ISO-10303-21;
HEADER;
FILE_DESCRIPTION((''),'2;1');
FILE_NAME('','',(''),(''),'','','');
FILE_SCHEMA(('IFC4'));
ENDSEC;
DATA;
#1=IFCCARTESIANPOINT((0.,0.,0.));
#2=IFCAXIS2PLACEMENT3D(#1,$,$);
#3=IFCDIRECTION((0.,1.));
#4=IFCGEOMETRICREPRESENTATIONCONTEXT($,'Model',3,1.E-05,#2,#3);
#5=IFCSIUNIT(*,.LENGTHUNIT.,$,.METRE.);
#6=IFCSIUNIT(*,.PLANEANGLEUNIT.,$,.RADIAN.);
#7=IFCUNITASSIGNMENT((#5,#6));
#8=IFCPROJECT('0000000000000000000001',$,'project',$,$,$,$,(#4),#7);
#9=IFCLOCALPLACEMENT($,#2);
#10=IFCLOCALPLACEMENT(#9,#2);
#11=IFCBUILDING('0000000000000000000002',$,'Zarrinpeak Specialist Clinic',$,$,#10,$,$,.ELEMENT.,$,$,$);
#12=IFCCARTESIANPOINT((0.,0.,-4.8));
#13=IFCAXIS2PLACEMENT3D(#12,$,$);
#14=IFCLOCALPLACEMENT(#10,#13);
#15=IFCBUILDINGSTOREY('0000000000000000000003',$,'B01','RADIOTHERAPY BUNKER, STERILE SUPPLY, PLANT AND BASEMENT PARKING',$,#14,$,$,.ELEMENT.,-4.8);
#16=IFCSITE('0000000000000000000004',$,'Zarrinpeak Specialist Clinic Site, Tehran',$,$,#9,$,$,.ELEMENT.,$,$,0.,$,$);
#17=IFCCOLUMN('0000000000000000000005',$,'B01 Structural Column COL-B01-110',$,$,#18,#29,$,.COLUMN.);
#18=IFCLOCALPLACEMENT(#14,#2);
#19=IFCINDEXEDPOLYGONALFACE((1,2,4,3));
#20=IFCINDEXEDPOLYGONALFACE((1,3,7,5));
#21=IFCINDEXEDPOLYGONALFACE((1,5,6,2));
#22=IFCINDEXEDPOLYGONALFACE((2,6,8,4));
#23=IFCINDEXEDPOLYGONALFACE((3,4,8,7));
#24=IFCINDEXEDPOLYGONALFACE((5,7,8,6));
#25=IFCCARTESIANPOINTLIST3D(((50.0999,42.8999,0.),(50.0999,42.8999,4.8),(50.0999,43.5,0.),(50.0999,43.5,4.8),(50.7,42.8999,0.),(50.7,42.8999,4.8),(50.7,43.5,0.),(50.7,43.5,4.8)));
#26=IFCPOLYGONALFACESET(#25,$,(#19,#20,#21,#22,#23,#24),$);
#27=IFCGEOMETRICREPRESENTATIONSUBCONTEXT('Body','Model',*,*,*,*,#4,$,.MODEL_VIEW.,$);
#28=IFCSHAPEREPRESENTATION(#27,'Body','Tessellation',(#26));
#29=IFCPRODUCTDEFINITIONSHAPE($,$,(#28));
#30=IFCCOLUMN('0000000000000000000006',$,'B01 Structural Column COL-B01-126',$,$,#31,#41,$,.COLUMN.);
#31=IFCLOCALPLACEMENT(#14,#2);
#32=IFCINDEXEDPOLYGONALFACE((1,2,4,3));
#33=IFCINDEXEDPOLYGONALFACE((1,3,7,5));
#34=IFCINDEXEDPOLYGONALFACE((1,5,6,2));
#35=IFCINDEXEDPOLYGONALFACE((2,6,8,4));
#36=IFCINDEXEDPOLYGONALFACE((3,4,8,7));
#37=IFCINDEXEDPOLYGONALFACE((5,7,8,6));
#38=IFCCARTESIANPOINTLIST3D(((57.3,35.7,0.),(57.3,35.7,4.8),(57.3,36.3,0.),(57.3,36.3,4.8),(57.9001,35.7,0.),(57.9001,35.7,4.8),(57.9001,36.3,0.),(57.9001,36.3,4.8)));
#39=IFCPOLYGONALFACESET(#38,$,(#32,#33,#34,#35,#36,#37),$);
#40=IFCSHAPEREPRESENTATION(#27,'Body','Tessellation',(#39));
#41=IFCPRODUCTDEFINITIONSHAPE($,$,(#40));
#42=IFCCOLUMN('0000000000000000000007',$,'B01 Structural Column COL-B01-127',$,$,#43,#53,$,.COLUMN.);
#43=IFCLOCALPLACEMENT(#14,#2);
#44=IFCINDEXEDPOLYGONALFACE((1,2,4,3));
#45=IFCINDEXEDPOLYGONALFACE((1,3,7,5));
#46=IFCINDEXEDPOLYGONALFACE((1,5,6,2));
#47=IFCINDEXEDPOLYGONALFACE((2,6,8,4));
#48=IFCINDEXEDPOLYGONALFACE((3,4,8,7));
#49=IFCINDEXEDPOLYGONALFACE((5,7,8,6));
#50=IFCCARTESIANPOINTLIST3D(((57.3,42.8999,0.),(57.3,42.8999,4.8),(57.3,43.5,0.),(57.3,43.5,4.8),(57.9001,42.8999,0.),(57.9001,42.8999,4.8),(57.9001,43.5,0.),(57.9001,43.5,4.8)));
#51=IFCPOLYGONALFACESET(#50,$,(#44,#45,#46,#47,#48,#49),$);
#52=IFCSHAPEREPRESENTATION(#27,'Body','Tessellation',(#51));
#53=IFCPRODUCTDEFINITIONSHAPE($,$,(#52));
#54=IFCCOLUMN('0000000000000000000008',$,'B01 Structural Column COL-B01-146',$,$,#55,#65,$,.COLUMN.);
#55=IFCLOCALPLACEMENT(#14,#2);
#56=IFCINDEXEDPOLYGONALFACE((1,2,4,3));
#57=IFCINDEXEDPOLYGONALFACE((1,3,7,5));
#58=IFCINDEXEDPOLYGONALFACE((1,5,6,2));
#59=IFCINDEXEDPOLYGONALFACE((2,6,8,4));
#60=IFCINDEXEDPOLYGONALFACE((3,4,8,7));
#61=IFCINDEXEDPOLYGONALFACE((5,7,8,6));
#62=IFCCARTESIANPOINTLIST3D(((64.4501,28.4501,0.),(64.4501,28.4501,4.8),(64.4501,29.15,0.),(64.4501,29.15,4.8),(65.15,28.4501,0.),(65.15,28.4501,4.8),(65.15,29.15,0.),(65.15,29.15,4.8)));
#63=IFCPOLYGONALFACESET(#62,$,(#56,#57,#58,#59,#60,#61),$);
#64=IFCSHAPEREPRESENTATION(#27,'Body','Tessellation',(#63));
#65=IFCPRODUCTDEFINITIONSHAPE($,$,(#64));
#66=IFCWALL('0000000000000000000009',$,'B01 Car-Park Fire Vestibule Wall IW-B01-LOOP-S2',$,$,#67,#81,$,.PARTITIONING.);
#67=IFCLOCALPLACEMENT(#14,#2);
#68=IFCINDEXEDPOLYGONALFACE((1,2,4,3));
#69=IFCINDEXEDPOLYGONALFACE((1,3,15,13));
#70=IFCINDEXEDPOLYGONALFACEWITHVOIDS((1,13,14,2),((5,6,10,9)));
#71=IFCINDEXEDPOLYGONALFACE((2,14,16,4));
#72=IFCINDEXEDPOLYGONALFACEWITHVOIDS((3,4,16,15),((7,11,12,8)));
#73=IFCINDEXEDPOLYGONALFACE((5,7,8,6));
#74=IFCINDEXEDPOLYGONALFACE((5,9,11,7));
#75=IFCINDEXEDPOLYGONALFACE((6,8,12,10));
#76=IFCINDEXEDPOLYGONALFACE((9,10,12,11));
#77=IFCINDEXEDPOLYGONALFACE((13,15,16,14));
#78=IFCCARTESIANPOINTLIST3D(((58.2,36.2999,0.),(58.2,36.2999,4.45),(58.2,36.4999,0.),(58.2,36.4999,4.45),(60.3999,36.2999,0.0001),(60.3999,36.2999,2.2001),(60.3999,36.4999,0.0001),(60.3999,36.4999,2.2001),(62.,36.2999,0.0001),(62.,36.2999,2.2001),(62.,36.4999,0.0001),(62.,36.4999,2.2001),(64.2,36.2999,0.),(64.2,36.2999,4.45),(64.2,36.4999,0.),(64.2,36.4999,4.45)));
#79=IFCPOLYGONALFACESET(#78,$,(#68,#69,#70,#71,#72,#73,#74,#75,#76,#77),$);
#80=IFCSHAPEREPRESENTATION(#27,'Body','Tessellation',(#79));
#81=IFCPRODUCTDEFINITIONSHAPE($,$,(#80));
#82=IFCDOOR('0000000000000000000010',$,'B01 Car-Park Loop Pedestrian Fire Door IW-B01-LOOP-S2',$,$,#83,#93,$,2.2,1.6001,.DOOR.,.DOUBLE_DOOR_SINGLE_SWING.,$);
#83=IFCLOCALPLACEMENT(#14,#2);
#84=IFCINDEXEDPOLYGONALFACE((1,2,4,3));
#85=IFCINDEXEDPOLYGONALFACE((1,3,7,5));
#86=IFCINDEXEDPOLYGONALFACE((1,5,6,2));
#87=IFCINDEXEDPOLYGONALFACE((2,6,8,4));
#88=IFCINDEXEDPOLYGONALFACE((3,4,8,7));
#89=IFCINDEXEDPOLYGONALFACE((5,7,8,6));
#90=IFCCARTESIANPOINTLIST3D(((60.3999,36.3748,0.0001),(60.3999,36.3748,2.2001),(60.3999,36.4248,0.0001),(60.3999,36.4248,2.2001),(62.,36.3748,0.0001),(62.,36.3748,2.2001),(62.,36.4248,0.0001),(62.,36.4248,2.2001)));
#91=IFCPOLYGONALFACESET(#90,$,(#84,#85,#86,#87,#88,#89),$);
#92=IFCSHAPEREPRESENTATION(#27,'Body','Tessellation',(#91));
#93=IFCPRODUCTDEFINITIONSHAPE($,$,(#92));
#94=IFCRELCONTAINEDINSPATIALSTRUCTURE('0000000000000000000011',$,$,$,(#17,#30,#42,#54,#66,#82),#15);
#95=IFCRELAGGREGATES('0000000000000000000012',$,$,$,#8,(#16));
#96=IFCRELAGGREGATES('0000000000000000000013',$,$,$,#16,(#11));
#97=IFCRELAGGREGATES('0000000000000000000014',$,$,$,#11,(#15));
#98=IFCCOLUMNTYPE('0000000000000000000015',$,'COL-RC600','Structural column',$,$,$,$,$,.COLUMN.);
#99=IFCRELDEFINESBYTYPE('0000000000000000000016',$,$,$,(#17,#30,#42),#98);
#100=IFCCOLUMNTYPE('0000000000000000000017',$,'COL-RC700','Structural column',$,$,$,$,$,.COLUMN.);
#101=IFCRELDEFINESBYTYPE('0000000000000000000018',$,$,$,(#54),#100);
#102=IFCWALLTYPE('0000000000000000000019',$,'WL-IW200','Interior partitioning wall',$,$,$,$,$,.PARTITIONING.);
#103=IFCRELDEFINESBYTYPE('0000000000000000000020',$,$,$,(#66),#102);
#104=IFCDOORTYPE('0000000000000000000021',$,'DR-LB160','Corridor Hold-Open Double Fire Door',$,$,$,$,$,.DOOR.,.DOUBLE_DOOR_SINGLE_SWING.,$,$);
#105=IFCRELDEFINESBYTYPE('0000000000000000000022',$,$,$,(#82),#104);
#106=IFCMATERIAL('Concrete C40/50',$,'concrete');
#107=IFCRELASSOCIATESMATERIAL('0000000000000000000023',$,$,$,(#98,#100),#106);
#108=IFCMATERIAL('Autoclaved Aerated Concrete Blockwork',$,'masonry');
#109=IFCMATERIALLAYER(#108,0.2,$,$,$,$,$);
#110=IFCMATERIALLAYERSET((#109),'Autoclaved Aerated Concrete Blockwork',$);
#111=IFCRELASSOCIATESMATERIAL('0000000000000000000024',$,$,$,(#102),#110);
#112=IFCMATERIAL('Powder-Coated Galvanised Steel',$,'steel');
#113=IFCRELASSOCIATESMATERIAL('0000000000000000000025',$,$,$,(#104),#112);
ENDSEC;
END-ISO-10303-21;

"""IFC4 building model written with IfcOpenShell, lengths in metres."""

from ifc_helpers import new_model, si_unit, direction, frame, frame_2d, origin, origin_2d, place, context, subcontext, project, spatial, rectangle, extrude, material, layer, layer_set, material_profile, profile_set, type_object, element, fill, save


model = new_model("IFC4")

# Units and contexts
model_context = context("Model", 3, precision=1e-05, world=origin(), true_north=direction((0.0, 1.0)))
body_context = subcontext(model_context, "Body", "Model", "MODEL_VIEW")
ifc_project = project(units=[si_unit("LENGTHUNIT", "METRE"), si_unit("PLANEANGLEUNIT", "RADIAN")], contexts=[model_context])

# Site, building, storey
site_placement = place(None, origin())
site = spatial("IfcSite", under=ifc_project, at=site_placement, Name="Zarrinpeak Specialist Clinic Site, Tehran", CompositionType="ELEMENT", RefElevation=0.0)
building_placement = place(site_placement, origin())
building = spatial("IfcBuilding", under=site, at=building_placement, Name="Zarrinpeak Specialist Clinic", CompositionType="ELEMENT")
storey_placement = place(building_placement, frame((0.0, 0.0, -4.8)))
storey = spatial("IfcBuildingStorey", under=building, at=storey_placement, Name="B01", Description="RADIOTHERAPY BUNKER, STERILE SUPPLY, PLANT AND BASEMENT PARKING", CompositionType="ELEMENT", Elevation=-4.8)

# Shared definitions
ifc_material_1 = material(Name="Concrete C40/50", Category="concrete")

# Columns
ifc_material_profile_1 = material_profile(ifc_material_1, rectangle(XDim=0.6001, YDim=0.6001, at=origin_2d()), Name="RC 600x600")
ifc_profile_set_1 = profile_set([ifc_material_profile_1], Name="Concrete C40/50")
column_type_1 = type_object("IfcColumnType", Name="COL-RC600", Description="Structural column", PredefinedType="COLUMN", material=ifc_profile_set_1)
for number, where, z_axis, x_axis, name in (
    (1, (50.3999, 43.2, 0.0), (0.0, 0.0, 1.0), (1.0, 0.0, 0.0), "B01 Structural Column COL-B01-110"),
    (2, (57.6001, 36.0, 0.0), (0.0, 0.0, 1.0), (1.0, 0.0, 0.0), "B01 Structural Column COL-B01-126"),
    (3, (57.6001, 43.2, 0.0), (0.0, 0.0, 1.0), (1.0, 0.0, 0.0), "B01 Structural Column COL-B01-127"),
):
    element("IfcColumn", number, at=place(storey_placement, frame(where, z_axis=z_axis, x_axis=x_axis)), inside=storey, type_object=column_type_1, Name=name, PredefinedType="COLUMN", context=body_context, shape_type="SweptSolid", body=[
        extrude(rectangle(XDim=0.6001, YDim=0.6001, at=origin_2d()), origin(), (0.0, 0.0, 1.0), 4.8),
    ])
ifc_material_profile_2 = material_profile(ifc_material_1, rectangle(XDim=0.7, YDim=0.7, at=origin_2d()), Name="RC 700x700")
ifc_profile_set_2 = profile_set([ifc_material_profile_2], Name="Concrete C40/50")
column_type_2 = type_object("IfcColumnType", Name="COL-RC700", Description="Structural column", PredefinedType="COLUMN", material=ifc_profile_set_2)
column_placement = place(storey_placement, frame((64.8, 28.8, 0.0), z_axis=(0.0, 0.0, 1.0), x_axis=(1.0, 0.0, 0.0)))
element("IfcColumn", 4, at=column_placement, inside=storey, type_object=column_type_2, Name="B01 Structural Column COL-B01-146", PredefinedType="COLUMN", context=body_context, shape_type="SweptSolid", body=[
    extrude(rectangle(XDim=0.7, YDim=0.7, at=origin_2d()), origin(), (0.0, 0.0, 1.0), 4.8),
])

# Wall, opening, door
ifc_material_2 = material(Name="Autoclaved Aerated Concrete Blockwork", Category="masonry")
ifc_layer = layer(ifc_material_2, 0.2)
ifc_layer_set = layer_set([ifc_layer], Name="Autoclaved Aerated Concrete Blockwork")
wall_type = type_object("IfcWallType", Name="WL-IW200", Description="Interior partitioning wall", PredefinedType="PARTITIONING", material=ifc_layer_set)
wall_placement = place(storey_placement, frame((58.2, 36.3999, 0.0), z_axis=(0.0, 0.0, 1.0), x_axis=(1.0, 0.0, 0.0)))
wall = element("IfcWall", 5, at=wall_placement, inside=storey, type_object=wall_type, Name="B01 Car-Park Fire Vestibule Wall IW-B01-LOOP-S2", PredefinedType="PARTITIONING", context=body_context, shape_type="SweptSolid", body=[
    extrude(rectangle(XDim=6.0, YDim=0.2, at=frame_2d((3.0, 0.0))), origin(), (0.0, 0.0, 1.0), 4.45),
])
opening_placement = place(wall_placement, frame((2.2, 0.0, 0.0)))
opening = element("IfcOpeningElement", 6, at=opening_placement, cuts=wall, PredefinedType="OPENING", context=body_context, shape_type="SweptSolid", body=[
    extrude(rectangle(XDim=1.6001, YDim=2.2, at=frame_2d((0.8, 1.1001))), frame((0.0, 0.1099, 0.0), z_axis=(0.0, -1.0, 0.0), x_axis=(1.0, 0.0, 0.0)), (0.0, 0.0, 1.0), 0.22),
])
ifc_material_3 = material(Name="Powder-Coated Galvanised Steel", Category="steel")
door_type = type_object("IfcDoorType", Name="DR-LB160", Description="Corridor Hold-Open Double Fire Door", OperationType="DOUBLE_DOOR_SINGLE_SWING", PredefinedType="DOOR", material=ifc_material_3)
door_placement = place(opening_placement, origin())
door = element("IfcDoor", 7, at=door_placement, inside=storey, type_object=door_type, Name="B01 Car-Park Loop Pedestrian Fire Door IW-B01-LOOP-S2", OperationType="DOUBLE_DOOR_SINGLE_SWING", OverallHeight=2.2, OverallWidth=1.6001, PredefinedType="DOOR", context=body_context, shape_type="SweptSolid", body=[
    extrude(rectangle(XDim=1.6001, YDim=2.2, at=frame_2d((0.8, 1.1001))), frame((0.0, 0.0249, 0.0), z_axis=(0.0, -1.0, 0.0), x_axis=(1.0, 0.0, 0.0)), (0.0, 0.0, 1.0), 0.05),
])
fill(opening, door)

save(model, "model.ifc")
